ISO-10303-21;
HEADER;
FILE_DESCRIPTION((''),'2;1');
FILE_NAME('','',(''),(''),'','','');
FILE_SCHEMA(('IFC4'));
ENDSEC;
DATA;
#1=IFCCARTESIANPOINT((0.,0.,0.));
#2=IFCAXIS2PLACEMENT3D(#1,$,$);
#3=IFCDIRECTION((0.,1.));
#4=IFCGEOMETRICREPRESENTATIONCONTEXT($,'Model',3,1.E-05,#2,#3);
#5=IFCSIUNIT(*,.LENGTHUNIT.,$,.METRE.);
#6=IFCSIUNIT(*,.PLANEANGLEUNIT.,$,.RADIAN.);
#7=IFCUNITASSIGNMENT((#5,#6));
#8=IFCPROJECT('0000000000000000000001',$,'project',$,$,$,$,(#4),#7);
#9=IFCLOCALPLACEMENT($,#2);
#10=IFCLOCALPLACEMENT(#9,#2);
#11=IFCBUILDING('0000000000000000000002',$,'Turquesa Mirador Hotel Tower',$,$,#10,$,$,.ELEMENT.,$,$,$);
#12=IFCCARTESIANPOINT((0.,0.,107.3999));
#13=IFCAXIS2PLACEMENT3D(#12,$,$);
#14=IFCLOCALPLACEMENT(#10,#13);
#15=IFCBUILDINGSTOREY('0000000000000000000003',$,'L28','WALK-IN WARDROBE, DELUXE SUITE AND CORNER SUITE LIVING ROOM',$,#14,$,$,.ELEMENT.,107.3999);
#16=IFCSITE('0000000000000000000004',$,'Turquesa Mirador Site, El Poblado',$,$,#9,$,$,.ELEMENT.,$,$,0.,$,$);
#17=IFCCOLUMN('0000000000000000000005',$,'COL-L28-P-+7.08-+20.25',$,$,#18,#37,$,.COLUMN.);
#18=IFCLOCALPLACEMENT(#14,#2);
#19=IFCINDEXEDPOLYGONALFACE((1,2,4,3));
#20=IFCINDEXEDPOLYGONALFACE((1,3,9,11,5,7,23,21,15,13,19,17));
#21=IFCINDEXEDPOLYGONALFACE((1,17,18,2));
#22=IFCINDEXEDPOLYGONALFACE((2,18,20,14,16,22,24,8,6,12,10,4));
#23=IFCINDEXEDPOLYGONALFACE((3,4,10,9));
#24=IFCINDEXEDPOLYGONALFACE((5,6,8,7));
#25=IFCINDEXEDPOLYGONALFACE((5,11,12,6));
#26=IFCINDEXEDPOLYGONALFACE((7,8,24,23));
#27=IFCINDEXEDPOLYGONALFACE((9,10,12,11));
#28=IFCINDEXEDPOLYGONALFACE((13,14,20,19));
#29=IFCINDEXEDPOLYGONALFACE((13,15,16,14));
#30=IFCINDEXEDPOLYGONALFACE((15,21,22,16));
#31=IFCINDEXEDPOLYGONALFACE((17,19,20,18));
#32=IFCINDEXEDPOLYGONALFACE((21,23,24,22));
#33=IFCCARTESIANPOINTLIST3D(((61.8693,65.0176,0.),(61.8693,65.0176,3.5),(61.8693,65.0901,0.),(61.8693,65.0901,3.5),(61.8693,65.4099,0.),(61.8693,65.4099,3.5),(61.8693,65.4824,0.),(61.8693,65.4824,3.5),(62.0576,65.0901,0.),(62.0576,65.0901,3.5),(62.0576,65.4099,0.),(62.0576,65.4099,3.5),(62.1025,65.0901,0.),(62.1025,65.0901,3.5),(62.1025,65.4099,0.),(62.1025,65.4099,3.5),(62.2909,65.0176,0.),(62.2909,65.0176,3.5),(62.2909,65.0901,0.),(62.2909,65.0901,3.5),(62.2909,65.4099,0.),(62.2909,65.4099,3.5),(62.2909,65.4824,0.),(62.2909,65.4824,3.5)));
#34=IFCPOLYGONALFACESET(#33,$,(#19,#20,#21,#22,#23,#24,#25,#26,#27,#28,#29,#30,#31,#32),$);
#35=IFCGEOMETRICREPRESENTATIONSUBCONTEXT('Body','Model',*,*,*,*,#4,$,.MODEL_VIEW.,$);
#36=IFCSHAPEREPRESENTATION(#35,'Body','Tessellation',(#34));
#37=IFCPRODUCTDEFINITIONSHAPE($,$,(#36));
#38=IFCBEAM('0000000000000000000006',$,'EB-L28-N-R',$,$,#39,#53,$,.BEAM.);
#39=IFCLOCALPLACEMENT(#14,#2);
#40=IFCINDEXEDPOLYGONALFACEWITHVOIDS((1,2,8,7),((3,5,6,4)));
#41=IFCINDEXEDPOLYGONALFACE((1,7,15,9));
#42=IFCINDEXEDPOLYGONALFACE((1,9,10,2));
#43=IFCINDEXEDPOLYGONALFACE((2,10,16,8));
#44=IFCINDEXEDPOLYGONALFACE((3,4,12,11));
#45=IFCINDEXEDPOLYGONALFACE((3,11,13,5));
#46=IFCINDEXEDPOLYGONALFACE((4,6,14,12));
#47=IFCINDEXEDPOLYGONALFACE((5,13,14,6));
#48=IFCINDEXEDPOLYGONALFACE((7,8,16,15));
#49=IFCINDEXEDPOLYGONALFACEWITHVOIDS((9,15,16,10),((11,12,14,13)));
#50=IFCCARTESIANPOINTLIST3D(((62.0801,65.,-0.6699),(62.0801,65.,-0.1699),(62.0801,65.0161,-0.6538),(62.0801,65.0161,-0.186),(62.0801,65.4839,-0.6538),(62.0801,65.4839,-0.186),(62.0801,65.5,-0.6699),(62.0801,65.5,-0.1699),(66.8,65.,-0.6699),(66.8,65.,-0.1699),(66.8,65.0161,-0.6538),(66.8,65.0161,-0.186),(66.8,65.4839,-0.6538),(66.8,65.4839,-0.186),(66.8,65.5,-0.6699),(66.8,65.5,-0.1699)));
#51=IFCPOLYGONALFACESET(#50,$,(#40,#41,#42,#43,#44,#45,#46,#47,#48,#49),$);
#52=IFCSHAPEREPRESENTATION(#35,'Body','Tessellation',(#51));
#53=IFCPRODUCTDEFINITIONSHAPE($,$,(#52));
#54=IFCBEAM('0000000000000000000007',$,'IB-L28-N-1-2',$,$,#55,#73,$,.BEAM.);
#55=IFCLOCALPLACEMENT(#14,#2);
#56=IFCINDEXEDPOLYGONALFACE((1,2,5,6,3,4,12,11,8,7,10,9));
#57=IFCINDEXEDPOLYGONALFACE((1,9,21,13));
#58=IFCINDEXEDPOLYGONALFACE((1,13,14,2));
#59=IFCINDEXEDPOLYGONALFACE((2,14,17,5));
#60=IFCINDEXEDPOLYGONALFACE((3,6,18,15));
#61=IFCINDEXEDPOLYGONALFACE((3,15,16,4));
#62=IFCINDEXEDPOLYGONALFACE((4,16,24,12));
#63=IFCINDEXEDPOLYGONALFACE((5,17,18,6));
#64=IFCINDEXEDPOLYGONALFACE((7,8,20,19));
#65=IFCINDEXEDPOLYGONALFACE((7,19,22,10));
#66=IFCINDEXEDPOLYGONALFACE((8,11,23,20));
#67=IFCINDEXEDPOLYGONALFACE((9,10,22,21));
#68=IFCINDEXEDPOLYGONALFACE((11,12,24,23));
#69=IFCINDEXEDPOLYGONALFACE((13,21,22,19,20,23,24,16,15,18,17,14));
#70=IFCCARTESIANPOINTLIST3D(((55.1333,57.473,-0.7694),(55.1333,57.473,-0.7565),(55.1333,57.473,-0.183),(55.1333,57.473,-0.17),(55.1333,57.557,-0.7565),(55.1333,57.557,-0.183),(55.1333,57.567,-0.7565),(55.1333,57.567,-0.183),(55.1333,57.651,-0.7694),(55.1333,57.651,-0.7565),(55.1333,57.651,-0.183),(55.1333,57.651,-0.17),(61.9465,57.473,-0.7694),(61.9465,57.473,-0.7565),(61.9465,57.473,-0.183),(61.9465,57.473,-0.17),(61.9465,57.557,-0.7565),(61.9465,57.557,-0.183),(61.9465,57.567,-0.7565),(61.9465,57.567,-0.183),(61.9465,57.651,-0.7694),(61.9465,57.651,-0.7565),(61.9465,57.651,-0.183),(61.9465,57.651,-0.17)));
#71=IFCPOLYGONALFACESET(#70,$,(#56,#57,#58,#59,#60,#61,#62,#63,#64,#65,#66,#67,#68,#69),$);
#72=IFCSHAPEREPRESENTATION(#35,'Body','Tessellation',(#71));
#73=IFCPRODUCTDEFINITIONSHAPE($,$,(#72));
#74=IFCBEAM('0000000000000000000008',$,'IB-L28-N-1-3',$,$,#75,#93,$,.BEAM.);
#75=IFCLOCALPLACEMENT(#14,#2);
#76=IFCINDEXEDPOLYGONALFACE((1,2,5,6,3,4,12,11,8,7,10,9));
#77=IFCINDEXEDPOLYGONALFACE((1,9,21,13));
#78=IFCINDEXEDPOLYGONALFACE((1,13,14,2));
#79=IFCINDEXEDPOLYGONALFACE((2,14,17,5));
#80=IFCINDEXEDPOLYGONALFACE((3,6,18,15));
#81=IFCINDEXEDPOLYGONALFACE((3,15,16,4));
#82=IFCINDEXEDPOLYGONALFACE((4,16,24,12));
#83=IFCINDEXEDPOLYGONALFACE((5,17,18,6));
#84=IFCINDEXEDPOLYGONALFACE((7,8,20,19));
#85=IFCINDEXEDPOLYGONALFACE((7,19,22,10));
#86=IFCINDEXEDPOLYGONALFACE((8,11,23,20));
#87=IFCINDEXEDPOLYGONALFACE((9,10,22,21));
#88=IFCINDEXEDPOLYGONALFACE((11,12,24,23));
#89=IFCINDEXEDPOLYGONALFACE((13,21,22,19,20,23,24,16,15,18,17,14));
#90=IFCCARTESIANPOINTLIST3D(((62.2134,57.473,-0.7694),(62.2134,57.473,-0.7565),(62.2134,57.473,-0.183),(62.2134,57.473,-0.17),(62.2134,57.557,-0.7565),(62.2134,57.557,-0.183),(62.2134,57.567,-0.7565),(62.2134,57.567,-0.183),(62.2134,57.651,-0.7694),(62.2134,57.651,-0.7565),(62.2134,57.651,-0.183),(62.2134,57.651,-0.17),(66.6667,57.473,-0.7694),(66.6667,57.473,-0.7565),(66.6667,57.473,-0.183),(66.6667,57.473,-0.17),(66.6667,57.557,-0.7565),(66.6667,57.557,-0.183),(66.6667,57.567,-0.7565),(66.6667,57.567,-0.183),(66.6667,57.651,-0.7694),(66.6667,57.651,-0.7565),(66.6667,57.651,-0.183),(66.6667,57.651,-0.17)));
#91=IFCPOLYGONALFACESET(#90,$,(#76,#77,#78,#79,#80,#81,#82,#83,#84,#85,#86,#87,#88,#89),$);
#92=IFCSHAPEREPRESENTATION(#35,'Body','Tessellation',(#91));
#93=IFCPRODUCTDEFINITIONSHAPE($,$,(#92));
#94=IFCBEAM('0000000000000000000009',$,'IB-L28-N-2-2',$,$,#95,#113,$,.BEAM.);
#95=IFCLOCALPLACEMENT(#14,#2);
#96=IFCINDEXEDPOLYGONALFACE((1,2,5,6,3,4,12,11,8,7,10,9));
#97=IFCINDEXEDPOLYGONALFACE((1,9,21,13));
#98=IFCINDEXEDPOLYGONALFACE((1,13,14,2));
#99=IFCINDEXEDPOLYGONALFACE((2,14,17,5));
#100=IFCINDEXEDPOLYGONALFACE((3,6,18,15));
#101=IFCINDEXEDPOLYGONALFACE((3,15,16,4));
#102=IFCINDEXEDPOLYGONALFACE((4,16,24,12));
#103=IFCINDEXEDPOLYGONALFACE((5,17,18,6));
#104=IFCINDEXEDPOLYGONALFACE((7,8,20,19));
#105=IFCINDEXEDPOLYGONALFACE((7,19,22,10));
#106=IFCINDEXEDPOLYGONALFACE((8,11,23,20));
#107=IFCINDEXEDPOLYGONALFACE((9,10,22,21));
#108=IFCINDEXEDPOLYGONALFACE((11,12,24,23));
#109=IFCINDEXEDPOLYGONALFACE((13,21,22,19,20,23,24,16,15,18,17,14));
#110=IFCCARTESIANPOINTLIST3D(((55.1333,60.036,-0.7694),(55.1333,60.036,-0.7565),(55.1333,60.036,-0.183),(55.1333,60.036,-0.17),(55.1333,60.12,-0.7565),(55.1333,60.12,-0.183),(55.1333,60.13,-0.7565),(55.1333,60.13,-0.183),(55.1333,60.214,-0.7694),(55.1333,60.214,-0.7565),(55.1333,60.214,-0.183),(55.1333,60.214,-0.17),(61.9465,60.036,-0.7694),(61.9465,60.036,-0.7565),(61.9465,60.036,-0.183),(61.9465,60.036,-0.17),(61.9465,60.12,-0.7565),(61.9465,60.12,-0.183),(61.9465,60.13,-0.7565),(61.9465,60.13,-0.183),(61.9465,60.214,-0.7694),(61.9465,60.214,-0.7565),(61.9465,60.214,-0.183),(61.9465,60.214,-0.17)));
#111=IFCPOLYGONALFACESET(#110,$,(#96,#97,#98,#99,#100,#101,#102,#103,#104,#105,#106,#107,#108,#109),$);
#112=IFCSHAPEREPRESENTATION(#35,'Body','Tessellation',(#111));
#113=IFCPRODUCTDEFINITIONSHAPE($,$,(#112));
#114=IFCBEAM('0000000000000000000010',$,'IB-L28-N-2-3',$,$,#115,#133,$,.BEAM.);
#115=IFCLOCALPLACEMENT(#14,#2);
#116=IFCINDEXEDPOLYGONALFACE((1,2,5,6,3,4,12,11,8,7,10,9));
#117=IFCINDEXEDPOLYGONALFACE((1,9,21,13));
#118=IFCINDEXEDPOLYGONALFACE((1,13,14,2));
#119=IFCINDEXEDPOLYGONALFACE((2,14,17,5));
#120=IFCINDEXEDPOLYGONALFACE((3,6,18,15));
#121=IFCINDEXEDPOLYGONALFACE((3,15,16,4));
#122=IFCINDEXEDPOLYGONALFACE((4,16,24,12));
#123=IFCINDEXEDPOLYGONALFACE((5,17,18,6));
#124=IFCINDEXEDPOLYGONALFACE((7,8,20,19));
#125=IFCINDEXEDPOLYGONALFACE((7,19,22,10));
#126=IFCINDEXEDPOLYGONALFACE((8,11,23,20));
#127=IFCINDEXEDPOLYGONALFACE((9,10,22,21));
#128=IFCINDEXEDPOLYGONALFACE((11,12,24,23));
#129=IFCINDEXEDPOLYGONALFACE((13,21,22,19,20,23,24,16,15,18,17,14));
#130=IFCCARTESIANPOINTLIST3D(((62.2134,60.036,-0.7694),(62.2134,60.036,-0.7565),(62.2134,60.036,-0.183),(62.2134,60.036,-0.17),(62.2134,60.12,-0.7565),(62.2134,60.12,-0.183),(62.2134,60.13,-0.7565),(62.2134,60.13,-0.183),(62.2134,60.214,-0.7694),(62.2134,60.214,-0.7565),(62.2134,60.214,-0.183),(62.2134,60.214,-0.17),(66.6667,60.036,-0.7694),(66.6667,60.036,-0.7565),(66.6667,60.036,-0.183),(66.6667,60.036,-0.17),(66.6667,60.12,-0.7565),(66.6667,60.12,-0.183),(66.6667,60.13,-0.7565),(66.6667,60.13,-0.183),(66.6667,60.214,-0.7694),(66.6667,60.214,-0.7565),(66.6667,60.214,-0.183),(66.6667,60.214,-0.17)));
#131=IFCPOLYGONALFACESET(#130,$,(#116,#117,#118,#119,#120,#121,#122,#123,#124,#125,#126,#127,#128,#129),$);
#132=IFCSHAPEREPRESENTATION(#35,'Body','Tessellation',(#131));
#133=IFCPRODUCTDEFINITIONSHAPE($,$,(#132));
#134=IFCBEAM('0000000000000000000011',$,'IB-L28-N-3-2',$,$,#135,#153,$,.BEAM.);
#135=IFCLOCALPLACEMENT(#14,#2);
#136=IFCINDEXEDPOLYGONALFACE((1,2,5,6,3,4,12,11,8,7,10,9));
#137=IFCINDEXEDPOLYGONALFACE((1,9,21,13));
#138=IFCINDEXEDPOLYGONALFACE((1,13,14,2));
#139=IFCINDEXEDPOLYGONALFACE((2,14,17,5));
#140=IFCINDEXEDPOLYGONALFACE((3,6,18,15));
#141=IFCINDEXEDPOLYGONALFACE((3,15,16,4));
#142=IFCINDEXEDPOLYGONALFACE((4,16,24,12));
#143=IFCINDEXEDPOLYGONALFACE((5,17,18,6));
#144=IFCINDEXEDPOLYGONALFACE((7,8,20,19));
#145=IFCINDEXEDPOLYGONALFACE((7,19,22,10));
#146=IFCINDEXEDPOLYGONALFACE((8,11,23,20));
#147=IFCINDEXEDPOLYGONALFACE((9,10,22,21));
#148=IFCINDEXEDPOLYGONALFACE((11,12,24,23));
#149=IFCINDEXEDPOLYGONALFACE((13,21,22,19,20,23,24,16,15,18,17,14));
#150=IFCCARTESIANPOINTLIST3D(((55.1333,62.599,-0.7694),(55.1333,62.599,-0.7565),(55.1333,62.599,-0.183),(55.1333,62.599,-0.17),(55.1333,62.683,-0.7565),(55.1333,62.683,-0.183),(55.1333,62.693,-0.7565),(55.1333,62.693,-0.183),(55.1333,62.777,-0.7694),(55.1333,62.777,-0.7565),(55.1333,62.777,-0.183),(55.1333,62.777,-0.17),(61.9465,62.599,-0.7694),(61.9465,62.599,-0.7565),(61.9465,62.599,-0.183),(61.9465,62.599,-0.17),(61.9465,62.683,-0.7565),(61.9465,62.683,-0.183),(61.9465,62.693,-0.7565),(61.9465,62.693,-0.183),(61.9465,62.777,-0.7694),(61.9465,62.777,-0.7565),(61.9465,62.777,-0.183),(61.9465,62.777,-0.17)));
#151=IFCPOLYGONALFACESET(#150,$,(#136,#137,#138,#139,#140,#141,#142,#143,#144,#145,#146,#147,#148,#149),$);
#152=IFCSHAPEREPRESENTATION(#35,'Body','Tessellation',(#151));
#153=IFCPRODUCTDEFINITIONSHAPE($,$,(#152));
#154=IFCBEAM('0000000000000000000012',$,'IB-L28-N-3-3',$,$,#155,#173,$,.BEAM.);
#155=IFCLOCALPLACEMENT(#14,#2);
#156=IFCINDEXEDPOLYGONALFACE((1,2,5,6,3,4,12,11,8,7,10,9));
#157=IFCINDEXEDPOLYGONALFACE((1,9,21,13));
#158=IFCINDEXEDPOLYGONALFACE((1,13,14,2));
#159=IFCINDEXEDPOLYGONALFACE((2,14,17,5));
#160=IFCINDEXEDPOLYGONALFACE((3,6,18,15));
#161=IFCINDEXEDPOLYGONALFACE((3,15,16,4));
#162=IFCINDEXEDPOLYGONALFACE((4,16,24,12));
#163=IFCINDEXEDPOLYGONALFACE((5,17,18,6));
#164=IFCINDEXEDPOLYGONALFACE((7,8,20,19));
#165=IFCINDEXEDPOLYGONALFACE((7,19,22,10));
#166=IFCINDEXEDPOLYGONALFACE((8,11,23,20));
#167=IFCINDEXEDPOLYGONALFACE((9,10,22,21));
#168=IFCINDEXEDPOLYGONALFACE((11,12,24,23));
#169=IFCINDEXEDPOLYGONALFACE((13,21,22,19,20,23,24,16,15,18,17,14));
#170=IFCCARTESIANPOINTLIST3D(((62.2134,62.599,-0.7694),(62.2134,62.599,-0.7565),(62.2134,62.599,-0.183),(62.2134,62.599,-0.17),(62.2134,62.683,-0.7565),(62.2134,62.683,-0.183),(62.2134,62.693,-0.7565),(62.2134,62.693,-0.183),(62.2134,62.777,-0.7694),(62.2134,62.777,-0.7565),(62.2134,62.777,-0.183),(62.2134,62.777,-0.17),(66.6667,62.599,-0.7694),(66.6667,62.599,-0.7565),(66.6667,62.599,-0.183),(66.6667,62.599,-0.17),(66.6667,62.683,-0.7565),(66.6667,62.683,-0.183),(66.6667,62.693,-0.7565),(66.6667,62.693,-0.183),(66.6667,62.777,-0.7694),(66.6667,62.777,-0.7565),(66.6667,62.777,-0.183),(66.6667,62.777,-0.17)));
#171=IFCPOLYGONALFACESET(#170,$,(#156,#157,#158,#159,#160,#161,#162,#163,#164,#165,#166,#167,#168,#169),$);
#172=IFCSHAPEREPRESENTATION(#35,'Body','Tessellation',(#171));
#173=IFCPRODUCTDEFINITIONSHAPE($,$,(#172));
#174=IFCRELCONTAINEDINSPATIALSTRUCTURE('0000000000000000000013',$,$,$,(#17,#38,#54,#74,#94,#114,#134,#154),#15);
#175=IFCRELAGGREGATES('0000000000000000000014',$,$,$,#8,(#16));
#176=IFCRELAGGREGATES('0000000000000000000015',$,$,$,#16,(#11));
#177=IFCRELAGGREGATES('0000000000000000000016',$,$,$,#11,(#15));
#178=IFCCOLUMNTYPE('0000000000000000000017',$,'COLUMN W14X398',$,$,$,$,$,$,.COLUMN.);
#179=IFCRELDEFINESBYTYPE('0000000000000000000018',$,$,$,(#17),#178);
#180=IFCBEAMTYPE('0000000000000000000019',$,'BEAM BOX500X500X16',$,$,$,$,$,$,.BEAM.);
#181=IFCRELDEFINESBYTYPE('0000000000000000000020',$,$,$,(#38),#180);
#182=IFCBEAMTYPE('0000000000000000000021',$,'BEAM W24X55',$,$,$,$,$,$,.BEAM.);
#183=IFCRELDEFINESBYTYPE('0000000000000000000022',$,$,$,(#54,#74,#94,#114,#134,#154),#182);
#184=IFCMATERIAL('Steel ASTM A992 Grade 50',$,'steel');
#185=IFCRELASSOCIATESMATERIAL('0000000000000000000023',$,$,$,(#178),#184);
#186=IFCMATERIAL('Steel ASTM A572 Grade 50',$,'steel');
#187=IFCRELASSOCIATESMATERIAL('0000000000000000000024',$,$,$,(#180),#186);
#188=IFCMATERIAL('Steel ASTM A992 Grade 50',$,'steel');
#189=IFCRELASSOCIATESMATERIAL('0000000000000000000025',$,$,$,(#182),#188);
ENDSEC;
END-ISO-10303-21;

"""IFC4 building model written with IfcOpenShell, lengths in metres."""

from ifc_helpers import new_model, si_unit, direction, frame, origin, origin_2d, place, context, subcontext, project, spatial, hollow_rectangle, i_section, extrude, material, material_profile, profile_set, type_object, element, save


model = new_model("IFC4")

# Units and contexts
model_context = context("Model", 3, precision=1e-05, world=origin(), true_north=direction((0.0, 1.0)))
body_context = subcontext(model_context, "Body", "Model", "MODEL_VIEW")
ifc_project = project(units=[si_unit("LENGTHUNIT", "METRE"), si_unit("PLANEANGLEUNIT", "RADIAN")], contexts=[model_context])

# Site, building, storey
site_placement = place(None, origin())
site = spatial("IfcSite", under=ifc_project, at=site_placement, Name="Turquesa Mirador Site, El Poblado", CompositionType="ELEMENT", RefElevation=0.0)
building_placement = place(site_placement, origin())
building = spatial("IfcBuilding", under=site, at=building_placement, Name="Turquesa Mirador Hotel Tower", CompositionType="ELEMENT")
storey_placement = place(building_placement, frame((0.0, 0.0, 107.3999)))
storey = spatial("IfcBuildingStorey", under=building, at=storey_placement, Name="L28", Description="WALK-IN WARDROBE, DELUXE SUITE AND CORNER SUITE LIVING ROOM", CompositionType="ELEMENT", Elevation=107.3999)

# Column
ifc_material_1 = material(Name="Steel ASTM A992 Grade 50", Category="steel")
ifc_material_profile_1 = material_profile(ifc_material_1, i_section(OverallWidth=0.4216, OverallDepth=0.4648, WebThickness=0.0449, FlangeThickness=0.0725, at=origin_2d()), Name="W14X398")
ifc_profile_set_1 = profile_set([ifc_material_profile_1], Name="Steel ASTM A992 Grade 50")
column_type = type_object("IfcColumnType", Name="COLUMN W14X398", PredefinedType="COLUMN", material=ifc_profile_set_1)
column_placement = place(storey_placement, frame((62.0801, 65.25, 0.0), z_axis=(0.0, 0.0, 1.0), x_axis=(1.0, 0.0, 0.0)))
element("IfcColumn", 1, at=column_placement, inside=storey, type_object=column_type, Name="COL-L28-P-+7.08-+20.25", PredefinedType="COLUMN", context=body_context, shape_type="SweptSolid", body=[
    extrude(i_section(OverallWidth=0.4216, OverallDepth=0.4648, WebThickness=0.0449, FlangeThickness=0.0725, at=origin_2d()), origin(), (0.0, 0.0, 1.0), 3.5),
])

# Beams
ifc_material_2 = material(Name="Steel ASTM A572 Grade 50", Category="steel")
ifc_material_profile_2 = material_profile(ifc_material_2, hollow_rectangle(XDim=0.5, YDim=0.5, WallThickness=0.0161, at=origin_2d()), Name="BOX500X500X16")
ifc_profile_set_2 = profile_set([ifc_material_profile_2], Name="Steel ASTM A572 Grade 50")
beam_type_1 = type_object("IfcBeamType", Name="BEAM BOX500X500X16", PredefinedType="BEAM", material=ifc_profile_set_2)
beam_1_placement = place(storey_placement, frame((62.0801, 65.25, -0.4199), z_axis=(1.0, 0.0, 0.0), x_axis=(0.0, 1.0, 0.0)))
element("IfcBeam", 2, at=beam_1_placement, inside=storey, type_object=beam_type_1, Name="EB-L28-N-R", PredefinedType="BEAM", context=body_context, shape_type="SweptSolid", body=[
    extrude(hollow_rectangle(XDim=0.5, YDim=0.5, WallThickness=0.0161, at=origin_2d()), origin(), (0.0, 0.0, 1.0), 4.72),
])
ifc_material_3 = material(Name="Steel ASTM A992 Grade 50", Category="steel")
ifc_material_profile_3 = material_profile(ifc_material_3, i_section(OverallWidth=0.178, OverallDepth=0.5994, WebThickness=0.01, FlangeThickness=0.0129, at=origin_2d()), Name="W24X55")
ifc_profile_set_3 = profile_set([ifc_material_profile_3], Name="Steel ASTM A992 Grade 50")
beam_type_2 = type_object("IfcBeamType", Name="BEAM W24X55", PredefinedType="BEAM", material=ifc_profile_set_3)
beam_2_placement = place(storey_placement, frame((55.1333, 57.562, -0.4697), z_axis=(1.0, 0.0, 0.0), x_axis=(0.0, 1.0, 0.0)))
element("IfcBeam", 3, at=beam_2_placement, inside=storey, type_object=beam_type_2, Name="IB-L28-N-1-2", PredefinedType="BEAM", context=body_context, shape_type="SweptSolid", body=[
    extrude(i_section(OverallWidth=0.178, OverallDepth=0.5994, WebThickness=0.01, FlangeThickness=0.0129, at=origin_2d()), origin(), (0.0, 0.0, 1.0), 6.8132),
])
beam_3_placement = place(storey_placement, frame((62.2134, 57.562, -0.4697), z_axis=(1.0, 0.0, 0.0), x_axis=(0.0, 1.0, 0.0)))
element("IfcBeam", 4, at=beam_3_placement, inside=storey, type_object=beam_type_2, Name="IB-L28-N-1-3", PredefinedType="BEAM", context=body_context, shape_type="SweptSolid", body=[
    extrude(i_section(OverallWidth=0.178, OverallDepth=0.5994, WebThickness=0.01, FlangeThickness=0.0129, at=origin_2d()), origin(), (0.0, 0.0, 1.0), 4.4534),
])
beam_4_placement = place(storey_placement, frame((55.1333, 60.125, -0.4697), z_axis=(1.0, 0.0, 0.0), x_axis=(0.0, 1.0, 0.0)))
element("IfcBeam", 5, at=beam_4_placement, inside=storey, type_object=beam_type_2, Name="IB-L28-N-2-2", PredefinedType="BEAM", context=body_context, shape_type="SweptSolid", body=[
    extrude(i_section(OverallWidth=0.178, OverallDepth=0.5994, WebThickness=0.01, FlangeThickness=0.0129, at=origin_2d()), origin(), (0.0, 0.0, 1.0), 6.8132),
])
beam_5_placement = place(storey_placement, frame((62.2134, 60.125, -0.4697), z_axis=(1.0, 0.0, 0.0), x_axis=(0.0, 1.0, 0.0)))
element("IfcBeam", 6, at=beam_5_placement, inside=storey, type_object=beam_type_2, Name="IB-L28-N-2-3", PredefinedType="BEAM", context=body_context, shape_type="SweptSolid", body=[
    extrude(i_section(OverallWidth=0.178, OverallDepth=0.5994, WebThickness=0.01, FlangeThickness=0.0129, at=origin_2d()), origin(), (0.0, 0.0, 1.0), 4.4534),
])
beam_6_placement = place(storey_placement, frame((55.1333, 62.688, -0.4697), z_axis=(1.0, 0.0, 0.0), x_axis=(0.0, 1.0, 0.0)))
element("IfcBeam", 7, at=beam_6_placement, inside=storey, type_object=beam_type_2, Name="IB-L28-N-3-2", PredefinedType="BEAM", context=body_context, shape_type="SweptSolid", body=[
    extrude(i_section(OverallWidth=0.178, OverallDepth=0.5994, WebThickness=0.01, FlangeThickness=0.0129, at=origin_2d()), origin(), (0.0, 0.0, 1.0), 6.8132),
])
beam_7_placement = place(storey_placement, frame((62.2134, 62.688, -0.4697), z_axis=(1.0, 0.0, 0.0), x_axis=(0.0, 1.0, 0.0)))
element("IfcBeam", 8, at=beam_7_placement, inside=storey, type_object=beam_type_2, Name="IB-L28-N-3-3", PredefinedType="BEAM", context=body_context, shape_type="SweptSolid", body=[
    extrude(i_section(OverallWidth=0.178, OverallDepth=0.5994, WebThickness=0.01, FlangeThickness=0.0129, at=origin_2d()), origin(), (0.0, 0.0, 1.0), 4.4534),
])

save(model, "model.ifc")
